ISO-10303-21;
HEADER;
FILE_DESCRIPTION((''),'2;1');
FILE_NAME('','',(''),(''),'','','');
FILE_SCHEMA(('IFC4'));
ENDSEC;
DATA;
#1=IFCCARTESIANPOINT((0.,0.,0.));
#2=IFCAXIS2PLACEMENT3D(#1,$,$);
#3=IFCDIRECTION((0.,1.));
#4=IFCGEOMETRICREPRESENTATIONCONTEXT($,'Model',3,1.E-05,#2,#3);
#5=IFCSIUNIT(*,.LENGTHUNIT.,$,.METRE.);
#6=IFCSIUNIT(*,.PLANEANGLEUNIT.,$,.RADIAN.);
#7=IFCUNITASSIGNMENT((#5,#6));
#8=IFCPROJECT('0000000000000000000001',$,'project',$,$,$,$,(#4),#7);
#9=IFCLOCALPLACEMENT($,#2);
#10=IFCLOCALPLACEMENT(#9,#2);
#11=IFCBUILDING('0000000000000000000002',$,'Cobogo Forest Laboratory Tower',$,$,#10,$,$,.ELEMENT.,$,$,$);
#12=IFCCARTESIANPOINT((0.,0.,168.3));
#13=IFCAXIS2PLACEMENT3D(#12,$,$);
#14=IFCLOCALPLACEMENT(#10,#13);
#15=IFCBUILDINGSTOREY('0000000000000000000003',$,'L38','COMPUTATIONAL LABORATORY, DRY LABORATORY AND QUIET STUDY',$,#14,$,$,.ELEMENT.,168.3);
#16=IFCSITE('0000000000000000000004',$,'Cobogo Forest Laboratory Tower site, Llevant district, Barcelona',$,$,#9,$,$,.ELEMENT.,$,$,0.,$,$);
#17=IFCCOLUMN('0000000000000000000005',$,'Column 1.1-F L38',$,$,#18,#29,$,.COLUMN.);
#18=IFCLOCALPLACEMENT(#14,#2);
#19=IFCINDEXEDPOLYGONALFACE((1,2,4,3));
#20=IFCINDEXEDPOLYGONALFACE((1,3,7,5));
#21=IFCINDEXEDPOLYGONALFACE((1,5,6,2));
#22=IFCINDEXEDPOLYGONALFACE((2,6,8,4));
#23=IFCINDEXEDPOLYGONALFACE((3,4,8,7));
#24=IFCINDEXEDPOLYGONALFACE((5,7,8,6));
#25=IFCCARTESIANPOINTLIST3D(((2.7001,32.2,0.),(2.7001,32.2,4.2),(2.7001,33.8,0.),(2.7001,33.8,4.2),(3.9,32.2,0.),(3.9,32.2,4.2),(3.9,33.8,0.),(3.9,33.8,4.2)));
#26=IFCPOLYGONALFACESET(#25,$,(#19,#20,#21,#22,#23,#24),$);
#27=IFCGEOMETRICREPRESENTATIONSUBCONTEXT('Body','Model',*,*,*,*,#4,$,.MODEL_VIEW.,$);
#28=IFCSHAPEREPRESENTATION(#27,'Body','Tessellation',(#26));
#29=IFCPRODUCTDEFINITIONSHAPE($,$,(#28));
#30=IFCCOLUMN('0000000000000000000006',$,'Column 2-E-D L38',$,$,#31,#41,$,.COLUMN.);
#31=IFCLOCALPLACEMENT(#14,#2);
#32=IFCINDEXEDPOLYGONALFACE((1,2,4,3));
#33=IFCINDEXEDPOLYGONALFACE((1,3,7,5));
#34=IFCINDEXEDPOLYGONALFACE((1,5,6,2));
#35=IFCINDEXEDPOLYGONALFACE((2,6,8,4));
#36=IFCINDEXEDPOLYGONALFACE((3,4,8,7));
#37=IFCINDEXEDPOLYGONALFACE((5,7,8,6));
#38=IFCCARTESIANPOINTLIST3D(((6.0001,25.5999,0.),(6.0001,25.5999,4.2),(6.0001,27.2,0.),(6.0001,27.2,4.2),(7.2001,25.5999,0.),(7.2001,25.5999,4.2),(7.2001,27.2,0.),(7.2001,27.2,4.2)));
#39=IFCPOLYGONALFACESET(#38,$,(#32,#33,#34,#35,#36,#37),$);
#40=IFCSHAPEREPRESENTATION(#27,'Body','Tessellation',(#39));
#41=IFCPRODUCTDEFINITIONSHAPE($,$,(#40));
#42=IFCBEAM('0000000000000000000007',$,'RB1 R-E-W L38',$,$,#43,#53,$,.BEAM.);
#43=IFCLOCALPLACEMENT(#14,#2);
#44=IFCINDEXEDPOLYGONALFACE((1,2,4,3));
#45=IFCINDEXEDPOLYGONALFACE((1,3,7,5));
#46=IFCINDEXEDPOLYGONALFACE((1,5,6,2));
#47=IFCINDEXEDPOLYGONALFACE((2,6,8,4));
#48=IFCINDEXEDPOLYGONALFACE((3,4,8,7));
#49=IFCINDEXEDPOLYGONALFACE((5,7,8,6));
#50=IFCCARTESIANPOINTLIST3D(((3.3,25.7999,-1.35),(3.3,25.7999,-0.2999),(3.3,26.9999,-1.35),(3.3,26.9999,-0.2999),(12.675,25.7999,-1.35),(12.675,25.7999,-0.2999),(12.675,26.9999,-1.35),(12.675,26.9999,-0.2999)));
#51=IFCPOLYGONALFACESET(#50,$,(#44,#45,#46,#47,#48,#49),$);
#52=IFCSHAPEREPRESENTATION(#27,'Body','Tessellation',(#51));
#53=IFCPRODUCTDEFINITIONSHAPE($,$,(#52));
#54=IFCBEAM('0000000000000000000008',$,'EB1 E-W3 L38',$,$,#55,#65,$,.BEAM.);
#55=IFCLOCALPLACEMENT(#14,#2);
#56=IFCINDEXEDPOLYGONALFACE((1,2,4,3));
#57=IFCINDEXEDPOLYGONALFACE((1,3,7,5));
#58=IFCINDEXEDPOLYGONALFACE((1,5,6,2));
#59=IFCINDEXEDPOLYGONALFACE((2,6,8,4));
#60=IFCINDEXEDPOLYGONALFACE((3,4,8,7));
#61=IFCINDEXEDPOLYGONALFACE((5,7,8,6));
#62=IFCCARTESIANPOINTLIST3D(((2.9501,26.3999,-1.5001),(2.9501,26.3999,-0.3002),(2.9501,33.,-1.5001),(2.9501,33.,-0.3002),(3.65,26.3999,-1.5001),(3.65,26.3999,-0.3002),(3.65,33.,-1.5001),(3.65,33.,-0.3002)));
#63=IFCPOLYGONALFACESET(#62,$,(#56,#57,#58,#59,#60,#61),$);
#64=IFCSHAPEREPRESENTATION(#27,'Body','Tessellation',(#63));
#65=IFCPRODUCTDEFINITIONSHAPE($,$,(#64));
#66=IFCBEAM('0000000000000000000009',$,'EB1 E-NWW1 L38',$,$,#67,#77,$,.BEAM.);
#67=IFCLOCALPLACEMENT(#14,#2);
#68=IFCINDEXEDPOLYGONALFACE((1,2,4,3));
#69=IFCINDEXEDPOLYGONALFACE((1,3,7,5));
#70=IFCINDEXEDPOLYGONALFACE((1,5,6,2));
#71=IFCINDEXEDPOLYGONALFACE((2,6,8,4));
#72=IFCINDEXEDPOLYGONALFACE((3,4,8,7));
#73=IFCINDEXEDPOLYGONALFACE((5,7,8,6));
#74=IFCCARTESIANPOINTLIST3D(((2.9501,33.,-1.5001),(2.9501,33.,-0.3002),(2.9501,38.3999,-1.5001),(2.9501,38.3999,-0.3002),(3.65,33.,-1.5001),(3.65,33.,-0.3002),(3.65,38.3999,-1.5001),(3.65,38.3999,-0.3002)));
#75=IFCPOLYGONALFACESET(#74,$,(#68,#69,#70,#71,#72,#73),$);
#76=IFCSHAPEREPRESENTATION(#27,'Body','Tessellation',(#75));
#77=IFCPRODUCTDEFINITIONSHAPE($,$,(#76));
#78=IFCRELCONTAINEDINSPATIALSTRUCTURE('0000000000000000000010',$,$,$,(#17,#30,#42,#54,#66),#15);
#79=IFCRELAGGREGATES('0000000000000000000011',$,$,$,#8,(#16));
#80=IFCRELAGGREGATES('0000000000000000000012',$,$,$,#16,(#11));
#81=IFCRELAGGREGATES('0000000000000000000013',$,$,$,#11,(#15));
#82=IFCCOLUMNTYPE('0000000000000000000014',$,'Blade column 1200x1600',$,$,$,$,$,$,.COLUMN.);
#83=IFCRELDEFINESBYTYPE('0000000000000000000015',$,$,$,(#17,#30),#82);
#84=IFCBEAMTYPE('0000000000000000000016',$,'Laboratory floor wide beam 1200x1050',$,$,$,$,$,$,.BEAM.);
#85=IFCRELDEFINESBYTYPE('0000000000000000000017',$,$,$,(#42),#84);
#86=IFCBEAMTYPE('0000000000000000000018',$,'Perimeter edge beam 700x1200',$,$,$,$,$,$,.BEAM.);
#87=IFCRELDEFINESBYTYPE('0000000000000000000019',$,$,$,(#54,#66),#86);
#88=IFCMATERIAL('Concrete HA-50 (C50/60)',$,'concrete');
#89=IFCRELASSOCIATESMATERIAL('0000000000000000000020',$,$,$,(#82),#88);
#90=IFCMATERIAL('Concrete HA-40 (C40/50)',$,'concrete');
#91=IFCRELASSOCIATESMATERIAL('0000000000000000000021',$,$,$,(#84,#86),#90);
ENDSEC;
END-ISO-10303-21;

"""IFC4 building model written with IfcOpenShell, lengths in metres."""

from ifc_helpers import new_model, si_unit, direction, frame, origin, origin_2d, place, context, subcontext, project, spatial, rectangle, extrude, material, material_profile, profile_set, type_object, element, save


model = new_model("IFC4")

# Units and contexts
model_context = context("Model", 3, precision=1e-05, world=origin(), true_north=direction((0.0, 1.0)))
body_context = subcontext(model_context, "Body", "Model", "MODEL_VIEW")
ifc_project = project(units=[si_unit("LENGTHUNIT", "METRE"), si_unit("PLANEANGLEUNIT", "RADIAN")], contexts=[model_context])

# Site, building, storey
site_placement = place(None, origin())
site = spatial("IfcSite", under=ifc_project, at=site_placement, Name="Cobogo Forest Laboratory Tower site, Llevant district, Barcelona", CompositionType="ELEMENT", RefElevation=0.0)
building_placement = place(site_placement, origin())
building = spatial("IfcBuilding", under=site, at=building_placement, Name="Cobogo Forest Laboratory Tower", CompositionType="ELEMENT")
storey_placement = place(building_placement, frame((0.0, 0.0, 168.3)))
storey = spatial("IfcBuildingStorey", under=building, at=storey_placement, Name="L38", Description="COMPUTATIONAL LABORATORY, DRY LABORATORY AND QUIET STUDY", CompositionType="ELEMENT", Elevation=168.3)

# Columns
ifc_material_1 = material(Name="Concrete HA-50 (C50/60)", Category="concrete")
ifc_material_profile_1 = material_profile(ifc_material_1, rectangle(XDim=1.6001, YDim=1.2, at=origin_2d()), Name="RC 1200x1600")
ifc_profile_set_1 = profile_set([ifc_material_profile_1], Name="Concrete HA-50 (C50/60)")
column_type = type_object("IfcColumnType", Name="Blade column 1200x1600", PredefinedType="COLUMN", material=ifc_profile_set_1)
for number, where, z_axis, x_axis, name in (
    (1, (3.3, 33.0, 0.0), (0.0, 0.0, 1.0), (0.0, 1.0, 0.0), "Column 1.1-F L38"),
    (2, (6.6001, 26.3999, 0.0), (0.0, 0.0, 1.0), (0.0, 1.0, 0.0), "Column 2-E-D L38"),
):
    element("IfcColumn", number, at=place(storey_placement, frame(where, z_axis=z_axis, x_axis=x_axis)), inside=storey, type_object=column_type, Name=name, PredefinedType="COLUMN", context=body_context, shape_type="SweptSolid", body=[
        extrude(rectangle(XDim=1.6001, YDim=1.2, at=origin_2d()), origin(), (0.0, 0.0, 1.0), 4.2),
    ])

# Beams
ifc_material_2 = material(Name="Concrete HA-40 (C40/50)", Category="concrete")
ifc_material_profile_2 = material_profile(ifc_material_2, rectangle(XDim=1.2, YDim=1.05, at=origin_2d()), Name="RC 1200x1050")
ifc_profile_set_2 = profile_set([ifc_material_profile_2], Name="Concrete HA-40 (C40/50)")
beam_type_1 = type_object("IfcBeamType", Name="Laboratory floor wide beam 1200x1050", PredefinedType="BEAM", material=ifc_profile_set_2)
beam_1_placement = place(storey_placement, frame((12.675, 26.3999, -0.825), z_axis=(-1.0, 0.0, 0.0), x_axis=(0.0, -1.0, 0.0)))
element("IfcBeam", 3, at=beam_1_placement, inside=storey, type_object=beam_type_1, Name="RB1 R-E-W L38", PredefinedType="BEAM", context=body_context, shape_type="SweptSolid", body=[
    extrude(rectangle(XDim=1.2, YDim=1.05, at=origin_2d()), origin(), (0.0, 0.0, 1.0), 9.375),
])
ifc_material_profile_3 = material_profile(ifc_material_2, rectangle(XDim=0.7, YDim=1.2, at=origin_2d()), Name="RC 700x1200")
ifc_profile_set_3 = profile_set([ifc_material_profile_3], Name="Concrete HA-40 (C40/50)")
beam_type_2 = type_object("IfcBeamType", Name="Perimeter edge beam 700x1200", PredefinedType="BEAM", material=ifc_profile_set_3)
beam_2_placement = place(storey_placement, frame((3.3, 26.3999, -0.9001), z_axis=(0.0, 1.0, 0.0), x_axis=(-1.0, 0.0, 0.0)))
element("IfcBeam", 4, at=beam_2_placement, inside=storey, type_object=beam_type_2, Name="EB1 E-W3 L38", PredefinedType="BEAM", context=body_context, shape_type="SweptSolid", body=[
    extrude(rectangle(XDim=0.7, YDim=1.2, at=origin_2d()), origin(), (0.0, 0.0, 1.0), 6.6001),
])
beam_3_placement = place(storey_placement, frame((3.3, 33.0, -0.9001), z_axis=(0.0, 1.0, 0.0), x_axis=(-1.0, 0.0, 0.0)))
element("IfcBeam", 5, at=beam_3_placement, inside=storey, type_object=beam_type_2, Name="EB1 E-NWW1 L38", PredefinedType="BEAM", context=body_context, shape_type="SweptSolid", body=[
    extrude(rectangle(XDim=0.7, YDim=1.2, at=origin_2d()), origin(), (0.0, 0.0, 1.0), 5.3999),
])

save(model, "model.ifc")
